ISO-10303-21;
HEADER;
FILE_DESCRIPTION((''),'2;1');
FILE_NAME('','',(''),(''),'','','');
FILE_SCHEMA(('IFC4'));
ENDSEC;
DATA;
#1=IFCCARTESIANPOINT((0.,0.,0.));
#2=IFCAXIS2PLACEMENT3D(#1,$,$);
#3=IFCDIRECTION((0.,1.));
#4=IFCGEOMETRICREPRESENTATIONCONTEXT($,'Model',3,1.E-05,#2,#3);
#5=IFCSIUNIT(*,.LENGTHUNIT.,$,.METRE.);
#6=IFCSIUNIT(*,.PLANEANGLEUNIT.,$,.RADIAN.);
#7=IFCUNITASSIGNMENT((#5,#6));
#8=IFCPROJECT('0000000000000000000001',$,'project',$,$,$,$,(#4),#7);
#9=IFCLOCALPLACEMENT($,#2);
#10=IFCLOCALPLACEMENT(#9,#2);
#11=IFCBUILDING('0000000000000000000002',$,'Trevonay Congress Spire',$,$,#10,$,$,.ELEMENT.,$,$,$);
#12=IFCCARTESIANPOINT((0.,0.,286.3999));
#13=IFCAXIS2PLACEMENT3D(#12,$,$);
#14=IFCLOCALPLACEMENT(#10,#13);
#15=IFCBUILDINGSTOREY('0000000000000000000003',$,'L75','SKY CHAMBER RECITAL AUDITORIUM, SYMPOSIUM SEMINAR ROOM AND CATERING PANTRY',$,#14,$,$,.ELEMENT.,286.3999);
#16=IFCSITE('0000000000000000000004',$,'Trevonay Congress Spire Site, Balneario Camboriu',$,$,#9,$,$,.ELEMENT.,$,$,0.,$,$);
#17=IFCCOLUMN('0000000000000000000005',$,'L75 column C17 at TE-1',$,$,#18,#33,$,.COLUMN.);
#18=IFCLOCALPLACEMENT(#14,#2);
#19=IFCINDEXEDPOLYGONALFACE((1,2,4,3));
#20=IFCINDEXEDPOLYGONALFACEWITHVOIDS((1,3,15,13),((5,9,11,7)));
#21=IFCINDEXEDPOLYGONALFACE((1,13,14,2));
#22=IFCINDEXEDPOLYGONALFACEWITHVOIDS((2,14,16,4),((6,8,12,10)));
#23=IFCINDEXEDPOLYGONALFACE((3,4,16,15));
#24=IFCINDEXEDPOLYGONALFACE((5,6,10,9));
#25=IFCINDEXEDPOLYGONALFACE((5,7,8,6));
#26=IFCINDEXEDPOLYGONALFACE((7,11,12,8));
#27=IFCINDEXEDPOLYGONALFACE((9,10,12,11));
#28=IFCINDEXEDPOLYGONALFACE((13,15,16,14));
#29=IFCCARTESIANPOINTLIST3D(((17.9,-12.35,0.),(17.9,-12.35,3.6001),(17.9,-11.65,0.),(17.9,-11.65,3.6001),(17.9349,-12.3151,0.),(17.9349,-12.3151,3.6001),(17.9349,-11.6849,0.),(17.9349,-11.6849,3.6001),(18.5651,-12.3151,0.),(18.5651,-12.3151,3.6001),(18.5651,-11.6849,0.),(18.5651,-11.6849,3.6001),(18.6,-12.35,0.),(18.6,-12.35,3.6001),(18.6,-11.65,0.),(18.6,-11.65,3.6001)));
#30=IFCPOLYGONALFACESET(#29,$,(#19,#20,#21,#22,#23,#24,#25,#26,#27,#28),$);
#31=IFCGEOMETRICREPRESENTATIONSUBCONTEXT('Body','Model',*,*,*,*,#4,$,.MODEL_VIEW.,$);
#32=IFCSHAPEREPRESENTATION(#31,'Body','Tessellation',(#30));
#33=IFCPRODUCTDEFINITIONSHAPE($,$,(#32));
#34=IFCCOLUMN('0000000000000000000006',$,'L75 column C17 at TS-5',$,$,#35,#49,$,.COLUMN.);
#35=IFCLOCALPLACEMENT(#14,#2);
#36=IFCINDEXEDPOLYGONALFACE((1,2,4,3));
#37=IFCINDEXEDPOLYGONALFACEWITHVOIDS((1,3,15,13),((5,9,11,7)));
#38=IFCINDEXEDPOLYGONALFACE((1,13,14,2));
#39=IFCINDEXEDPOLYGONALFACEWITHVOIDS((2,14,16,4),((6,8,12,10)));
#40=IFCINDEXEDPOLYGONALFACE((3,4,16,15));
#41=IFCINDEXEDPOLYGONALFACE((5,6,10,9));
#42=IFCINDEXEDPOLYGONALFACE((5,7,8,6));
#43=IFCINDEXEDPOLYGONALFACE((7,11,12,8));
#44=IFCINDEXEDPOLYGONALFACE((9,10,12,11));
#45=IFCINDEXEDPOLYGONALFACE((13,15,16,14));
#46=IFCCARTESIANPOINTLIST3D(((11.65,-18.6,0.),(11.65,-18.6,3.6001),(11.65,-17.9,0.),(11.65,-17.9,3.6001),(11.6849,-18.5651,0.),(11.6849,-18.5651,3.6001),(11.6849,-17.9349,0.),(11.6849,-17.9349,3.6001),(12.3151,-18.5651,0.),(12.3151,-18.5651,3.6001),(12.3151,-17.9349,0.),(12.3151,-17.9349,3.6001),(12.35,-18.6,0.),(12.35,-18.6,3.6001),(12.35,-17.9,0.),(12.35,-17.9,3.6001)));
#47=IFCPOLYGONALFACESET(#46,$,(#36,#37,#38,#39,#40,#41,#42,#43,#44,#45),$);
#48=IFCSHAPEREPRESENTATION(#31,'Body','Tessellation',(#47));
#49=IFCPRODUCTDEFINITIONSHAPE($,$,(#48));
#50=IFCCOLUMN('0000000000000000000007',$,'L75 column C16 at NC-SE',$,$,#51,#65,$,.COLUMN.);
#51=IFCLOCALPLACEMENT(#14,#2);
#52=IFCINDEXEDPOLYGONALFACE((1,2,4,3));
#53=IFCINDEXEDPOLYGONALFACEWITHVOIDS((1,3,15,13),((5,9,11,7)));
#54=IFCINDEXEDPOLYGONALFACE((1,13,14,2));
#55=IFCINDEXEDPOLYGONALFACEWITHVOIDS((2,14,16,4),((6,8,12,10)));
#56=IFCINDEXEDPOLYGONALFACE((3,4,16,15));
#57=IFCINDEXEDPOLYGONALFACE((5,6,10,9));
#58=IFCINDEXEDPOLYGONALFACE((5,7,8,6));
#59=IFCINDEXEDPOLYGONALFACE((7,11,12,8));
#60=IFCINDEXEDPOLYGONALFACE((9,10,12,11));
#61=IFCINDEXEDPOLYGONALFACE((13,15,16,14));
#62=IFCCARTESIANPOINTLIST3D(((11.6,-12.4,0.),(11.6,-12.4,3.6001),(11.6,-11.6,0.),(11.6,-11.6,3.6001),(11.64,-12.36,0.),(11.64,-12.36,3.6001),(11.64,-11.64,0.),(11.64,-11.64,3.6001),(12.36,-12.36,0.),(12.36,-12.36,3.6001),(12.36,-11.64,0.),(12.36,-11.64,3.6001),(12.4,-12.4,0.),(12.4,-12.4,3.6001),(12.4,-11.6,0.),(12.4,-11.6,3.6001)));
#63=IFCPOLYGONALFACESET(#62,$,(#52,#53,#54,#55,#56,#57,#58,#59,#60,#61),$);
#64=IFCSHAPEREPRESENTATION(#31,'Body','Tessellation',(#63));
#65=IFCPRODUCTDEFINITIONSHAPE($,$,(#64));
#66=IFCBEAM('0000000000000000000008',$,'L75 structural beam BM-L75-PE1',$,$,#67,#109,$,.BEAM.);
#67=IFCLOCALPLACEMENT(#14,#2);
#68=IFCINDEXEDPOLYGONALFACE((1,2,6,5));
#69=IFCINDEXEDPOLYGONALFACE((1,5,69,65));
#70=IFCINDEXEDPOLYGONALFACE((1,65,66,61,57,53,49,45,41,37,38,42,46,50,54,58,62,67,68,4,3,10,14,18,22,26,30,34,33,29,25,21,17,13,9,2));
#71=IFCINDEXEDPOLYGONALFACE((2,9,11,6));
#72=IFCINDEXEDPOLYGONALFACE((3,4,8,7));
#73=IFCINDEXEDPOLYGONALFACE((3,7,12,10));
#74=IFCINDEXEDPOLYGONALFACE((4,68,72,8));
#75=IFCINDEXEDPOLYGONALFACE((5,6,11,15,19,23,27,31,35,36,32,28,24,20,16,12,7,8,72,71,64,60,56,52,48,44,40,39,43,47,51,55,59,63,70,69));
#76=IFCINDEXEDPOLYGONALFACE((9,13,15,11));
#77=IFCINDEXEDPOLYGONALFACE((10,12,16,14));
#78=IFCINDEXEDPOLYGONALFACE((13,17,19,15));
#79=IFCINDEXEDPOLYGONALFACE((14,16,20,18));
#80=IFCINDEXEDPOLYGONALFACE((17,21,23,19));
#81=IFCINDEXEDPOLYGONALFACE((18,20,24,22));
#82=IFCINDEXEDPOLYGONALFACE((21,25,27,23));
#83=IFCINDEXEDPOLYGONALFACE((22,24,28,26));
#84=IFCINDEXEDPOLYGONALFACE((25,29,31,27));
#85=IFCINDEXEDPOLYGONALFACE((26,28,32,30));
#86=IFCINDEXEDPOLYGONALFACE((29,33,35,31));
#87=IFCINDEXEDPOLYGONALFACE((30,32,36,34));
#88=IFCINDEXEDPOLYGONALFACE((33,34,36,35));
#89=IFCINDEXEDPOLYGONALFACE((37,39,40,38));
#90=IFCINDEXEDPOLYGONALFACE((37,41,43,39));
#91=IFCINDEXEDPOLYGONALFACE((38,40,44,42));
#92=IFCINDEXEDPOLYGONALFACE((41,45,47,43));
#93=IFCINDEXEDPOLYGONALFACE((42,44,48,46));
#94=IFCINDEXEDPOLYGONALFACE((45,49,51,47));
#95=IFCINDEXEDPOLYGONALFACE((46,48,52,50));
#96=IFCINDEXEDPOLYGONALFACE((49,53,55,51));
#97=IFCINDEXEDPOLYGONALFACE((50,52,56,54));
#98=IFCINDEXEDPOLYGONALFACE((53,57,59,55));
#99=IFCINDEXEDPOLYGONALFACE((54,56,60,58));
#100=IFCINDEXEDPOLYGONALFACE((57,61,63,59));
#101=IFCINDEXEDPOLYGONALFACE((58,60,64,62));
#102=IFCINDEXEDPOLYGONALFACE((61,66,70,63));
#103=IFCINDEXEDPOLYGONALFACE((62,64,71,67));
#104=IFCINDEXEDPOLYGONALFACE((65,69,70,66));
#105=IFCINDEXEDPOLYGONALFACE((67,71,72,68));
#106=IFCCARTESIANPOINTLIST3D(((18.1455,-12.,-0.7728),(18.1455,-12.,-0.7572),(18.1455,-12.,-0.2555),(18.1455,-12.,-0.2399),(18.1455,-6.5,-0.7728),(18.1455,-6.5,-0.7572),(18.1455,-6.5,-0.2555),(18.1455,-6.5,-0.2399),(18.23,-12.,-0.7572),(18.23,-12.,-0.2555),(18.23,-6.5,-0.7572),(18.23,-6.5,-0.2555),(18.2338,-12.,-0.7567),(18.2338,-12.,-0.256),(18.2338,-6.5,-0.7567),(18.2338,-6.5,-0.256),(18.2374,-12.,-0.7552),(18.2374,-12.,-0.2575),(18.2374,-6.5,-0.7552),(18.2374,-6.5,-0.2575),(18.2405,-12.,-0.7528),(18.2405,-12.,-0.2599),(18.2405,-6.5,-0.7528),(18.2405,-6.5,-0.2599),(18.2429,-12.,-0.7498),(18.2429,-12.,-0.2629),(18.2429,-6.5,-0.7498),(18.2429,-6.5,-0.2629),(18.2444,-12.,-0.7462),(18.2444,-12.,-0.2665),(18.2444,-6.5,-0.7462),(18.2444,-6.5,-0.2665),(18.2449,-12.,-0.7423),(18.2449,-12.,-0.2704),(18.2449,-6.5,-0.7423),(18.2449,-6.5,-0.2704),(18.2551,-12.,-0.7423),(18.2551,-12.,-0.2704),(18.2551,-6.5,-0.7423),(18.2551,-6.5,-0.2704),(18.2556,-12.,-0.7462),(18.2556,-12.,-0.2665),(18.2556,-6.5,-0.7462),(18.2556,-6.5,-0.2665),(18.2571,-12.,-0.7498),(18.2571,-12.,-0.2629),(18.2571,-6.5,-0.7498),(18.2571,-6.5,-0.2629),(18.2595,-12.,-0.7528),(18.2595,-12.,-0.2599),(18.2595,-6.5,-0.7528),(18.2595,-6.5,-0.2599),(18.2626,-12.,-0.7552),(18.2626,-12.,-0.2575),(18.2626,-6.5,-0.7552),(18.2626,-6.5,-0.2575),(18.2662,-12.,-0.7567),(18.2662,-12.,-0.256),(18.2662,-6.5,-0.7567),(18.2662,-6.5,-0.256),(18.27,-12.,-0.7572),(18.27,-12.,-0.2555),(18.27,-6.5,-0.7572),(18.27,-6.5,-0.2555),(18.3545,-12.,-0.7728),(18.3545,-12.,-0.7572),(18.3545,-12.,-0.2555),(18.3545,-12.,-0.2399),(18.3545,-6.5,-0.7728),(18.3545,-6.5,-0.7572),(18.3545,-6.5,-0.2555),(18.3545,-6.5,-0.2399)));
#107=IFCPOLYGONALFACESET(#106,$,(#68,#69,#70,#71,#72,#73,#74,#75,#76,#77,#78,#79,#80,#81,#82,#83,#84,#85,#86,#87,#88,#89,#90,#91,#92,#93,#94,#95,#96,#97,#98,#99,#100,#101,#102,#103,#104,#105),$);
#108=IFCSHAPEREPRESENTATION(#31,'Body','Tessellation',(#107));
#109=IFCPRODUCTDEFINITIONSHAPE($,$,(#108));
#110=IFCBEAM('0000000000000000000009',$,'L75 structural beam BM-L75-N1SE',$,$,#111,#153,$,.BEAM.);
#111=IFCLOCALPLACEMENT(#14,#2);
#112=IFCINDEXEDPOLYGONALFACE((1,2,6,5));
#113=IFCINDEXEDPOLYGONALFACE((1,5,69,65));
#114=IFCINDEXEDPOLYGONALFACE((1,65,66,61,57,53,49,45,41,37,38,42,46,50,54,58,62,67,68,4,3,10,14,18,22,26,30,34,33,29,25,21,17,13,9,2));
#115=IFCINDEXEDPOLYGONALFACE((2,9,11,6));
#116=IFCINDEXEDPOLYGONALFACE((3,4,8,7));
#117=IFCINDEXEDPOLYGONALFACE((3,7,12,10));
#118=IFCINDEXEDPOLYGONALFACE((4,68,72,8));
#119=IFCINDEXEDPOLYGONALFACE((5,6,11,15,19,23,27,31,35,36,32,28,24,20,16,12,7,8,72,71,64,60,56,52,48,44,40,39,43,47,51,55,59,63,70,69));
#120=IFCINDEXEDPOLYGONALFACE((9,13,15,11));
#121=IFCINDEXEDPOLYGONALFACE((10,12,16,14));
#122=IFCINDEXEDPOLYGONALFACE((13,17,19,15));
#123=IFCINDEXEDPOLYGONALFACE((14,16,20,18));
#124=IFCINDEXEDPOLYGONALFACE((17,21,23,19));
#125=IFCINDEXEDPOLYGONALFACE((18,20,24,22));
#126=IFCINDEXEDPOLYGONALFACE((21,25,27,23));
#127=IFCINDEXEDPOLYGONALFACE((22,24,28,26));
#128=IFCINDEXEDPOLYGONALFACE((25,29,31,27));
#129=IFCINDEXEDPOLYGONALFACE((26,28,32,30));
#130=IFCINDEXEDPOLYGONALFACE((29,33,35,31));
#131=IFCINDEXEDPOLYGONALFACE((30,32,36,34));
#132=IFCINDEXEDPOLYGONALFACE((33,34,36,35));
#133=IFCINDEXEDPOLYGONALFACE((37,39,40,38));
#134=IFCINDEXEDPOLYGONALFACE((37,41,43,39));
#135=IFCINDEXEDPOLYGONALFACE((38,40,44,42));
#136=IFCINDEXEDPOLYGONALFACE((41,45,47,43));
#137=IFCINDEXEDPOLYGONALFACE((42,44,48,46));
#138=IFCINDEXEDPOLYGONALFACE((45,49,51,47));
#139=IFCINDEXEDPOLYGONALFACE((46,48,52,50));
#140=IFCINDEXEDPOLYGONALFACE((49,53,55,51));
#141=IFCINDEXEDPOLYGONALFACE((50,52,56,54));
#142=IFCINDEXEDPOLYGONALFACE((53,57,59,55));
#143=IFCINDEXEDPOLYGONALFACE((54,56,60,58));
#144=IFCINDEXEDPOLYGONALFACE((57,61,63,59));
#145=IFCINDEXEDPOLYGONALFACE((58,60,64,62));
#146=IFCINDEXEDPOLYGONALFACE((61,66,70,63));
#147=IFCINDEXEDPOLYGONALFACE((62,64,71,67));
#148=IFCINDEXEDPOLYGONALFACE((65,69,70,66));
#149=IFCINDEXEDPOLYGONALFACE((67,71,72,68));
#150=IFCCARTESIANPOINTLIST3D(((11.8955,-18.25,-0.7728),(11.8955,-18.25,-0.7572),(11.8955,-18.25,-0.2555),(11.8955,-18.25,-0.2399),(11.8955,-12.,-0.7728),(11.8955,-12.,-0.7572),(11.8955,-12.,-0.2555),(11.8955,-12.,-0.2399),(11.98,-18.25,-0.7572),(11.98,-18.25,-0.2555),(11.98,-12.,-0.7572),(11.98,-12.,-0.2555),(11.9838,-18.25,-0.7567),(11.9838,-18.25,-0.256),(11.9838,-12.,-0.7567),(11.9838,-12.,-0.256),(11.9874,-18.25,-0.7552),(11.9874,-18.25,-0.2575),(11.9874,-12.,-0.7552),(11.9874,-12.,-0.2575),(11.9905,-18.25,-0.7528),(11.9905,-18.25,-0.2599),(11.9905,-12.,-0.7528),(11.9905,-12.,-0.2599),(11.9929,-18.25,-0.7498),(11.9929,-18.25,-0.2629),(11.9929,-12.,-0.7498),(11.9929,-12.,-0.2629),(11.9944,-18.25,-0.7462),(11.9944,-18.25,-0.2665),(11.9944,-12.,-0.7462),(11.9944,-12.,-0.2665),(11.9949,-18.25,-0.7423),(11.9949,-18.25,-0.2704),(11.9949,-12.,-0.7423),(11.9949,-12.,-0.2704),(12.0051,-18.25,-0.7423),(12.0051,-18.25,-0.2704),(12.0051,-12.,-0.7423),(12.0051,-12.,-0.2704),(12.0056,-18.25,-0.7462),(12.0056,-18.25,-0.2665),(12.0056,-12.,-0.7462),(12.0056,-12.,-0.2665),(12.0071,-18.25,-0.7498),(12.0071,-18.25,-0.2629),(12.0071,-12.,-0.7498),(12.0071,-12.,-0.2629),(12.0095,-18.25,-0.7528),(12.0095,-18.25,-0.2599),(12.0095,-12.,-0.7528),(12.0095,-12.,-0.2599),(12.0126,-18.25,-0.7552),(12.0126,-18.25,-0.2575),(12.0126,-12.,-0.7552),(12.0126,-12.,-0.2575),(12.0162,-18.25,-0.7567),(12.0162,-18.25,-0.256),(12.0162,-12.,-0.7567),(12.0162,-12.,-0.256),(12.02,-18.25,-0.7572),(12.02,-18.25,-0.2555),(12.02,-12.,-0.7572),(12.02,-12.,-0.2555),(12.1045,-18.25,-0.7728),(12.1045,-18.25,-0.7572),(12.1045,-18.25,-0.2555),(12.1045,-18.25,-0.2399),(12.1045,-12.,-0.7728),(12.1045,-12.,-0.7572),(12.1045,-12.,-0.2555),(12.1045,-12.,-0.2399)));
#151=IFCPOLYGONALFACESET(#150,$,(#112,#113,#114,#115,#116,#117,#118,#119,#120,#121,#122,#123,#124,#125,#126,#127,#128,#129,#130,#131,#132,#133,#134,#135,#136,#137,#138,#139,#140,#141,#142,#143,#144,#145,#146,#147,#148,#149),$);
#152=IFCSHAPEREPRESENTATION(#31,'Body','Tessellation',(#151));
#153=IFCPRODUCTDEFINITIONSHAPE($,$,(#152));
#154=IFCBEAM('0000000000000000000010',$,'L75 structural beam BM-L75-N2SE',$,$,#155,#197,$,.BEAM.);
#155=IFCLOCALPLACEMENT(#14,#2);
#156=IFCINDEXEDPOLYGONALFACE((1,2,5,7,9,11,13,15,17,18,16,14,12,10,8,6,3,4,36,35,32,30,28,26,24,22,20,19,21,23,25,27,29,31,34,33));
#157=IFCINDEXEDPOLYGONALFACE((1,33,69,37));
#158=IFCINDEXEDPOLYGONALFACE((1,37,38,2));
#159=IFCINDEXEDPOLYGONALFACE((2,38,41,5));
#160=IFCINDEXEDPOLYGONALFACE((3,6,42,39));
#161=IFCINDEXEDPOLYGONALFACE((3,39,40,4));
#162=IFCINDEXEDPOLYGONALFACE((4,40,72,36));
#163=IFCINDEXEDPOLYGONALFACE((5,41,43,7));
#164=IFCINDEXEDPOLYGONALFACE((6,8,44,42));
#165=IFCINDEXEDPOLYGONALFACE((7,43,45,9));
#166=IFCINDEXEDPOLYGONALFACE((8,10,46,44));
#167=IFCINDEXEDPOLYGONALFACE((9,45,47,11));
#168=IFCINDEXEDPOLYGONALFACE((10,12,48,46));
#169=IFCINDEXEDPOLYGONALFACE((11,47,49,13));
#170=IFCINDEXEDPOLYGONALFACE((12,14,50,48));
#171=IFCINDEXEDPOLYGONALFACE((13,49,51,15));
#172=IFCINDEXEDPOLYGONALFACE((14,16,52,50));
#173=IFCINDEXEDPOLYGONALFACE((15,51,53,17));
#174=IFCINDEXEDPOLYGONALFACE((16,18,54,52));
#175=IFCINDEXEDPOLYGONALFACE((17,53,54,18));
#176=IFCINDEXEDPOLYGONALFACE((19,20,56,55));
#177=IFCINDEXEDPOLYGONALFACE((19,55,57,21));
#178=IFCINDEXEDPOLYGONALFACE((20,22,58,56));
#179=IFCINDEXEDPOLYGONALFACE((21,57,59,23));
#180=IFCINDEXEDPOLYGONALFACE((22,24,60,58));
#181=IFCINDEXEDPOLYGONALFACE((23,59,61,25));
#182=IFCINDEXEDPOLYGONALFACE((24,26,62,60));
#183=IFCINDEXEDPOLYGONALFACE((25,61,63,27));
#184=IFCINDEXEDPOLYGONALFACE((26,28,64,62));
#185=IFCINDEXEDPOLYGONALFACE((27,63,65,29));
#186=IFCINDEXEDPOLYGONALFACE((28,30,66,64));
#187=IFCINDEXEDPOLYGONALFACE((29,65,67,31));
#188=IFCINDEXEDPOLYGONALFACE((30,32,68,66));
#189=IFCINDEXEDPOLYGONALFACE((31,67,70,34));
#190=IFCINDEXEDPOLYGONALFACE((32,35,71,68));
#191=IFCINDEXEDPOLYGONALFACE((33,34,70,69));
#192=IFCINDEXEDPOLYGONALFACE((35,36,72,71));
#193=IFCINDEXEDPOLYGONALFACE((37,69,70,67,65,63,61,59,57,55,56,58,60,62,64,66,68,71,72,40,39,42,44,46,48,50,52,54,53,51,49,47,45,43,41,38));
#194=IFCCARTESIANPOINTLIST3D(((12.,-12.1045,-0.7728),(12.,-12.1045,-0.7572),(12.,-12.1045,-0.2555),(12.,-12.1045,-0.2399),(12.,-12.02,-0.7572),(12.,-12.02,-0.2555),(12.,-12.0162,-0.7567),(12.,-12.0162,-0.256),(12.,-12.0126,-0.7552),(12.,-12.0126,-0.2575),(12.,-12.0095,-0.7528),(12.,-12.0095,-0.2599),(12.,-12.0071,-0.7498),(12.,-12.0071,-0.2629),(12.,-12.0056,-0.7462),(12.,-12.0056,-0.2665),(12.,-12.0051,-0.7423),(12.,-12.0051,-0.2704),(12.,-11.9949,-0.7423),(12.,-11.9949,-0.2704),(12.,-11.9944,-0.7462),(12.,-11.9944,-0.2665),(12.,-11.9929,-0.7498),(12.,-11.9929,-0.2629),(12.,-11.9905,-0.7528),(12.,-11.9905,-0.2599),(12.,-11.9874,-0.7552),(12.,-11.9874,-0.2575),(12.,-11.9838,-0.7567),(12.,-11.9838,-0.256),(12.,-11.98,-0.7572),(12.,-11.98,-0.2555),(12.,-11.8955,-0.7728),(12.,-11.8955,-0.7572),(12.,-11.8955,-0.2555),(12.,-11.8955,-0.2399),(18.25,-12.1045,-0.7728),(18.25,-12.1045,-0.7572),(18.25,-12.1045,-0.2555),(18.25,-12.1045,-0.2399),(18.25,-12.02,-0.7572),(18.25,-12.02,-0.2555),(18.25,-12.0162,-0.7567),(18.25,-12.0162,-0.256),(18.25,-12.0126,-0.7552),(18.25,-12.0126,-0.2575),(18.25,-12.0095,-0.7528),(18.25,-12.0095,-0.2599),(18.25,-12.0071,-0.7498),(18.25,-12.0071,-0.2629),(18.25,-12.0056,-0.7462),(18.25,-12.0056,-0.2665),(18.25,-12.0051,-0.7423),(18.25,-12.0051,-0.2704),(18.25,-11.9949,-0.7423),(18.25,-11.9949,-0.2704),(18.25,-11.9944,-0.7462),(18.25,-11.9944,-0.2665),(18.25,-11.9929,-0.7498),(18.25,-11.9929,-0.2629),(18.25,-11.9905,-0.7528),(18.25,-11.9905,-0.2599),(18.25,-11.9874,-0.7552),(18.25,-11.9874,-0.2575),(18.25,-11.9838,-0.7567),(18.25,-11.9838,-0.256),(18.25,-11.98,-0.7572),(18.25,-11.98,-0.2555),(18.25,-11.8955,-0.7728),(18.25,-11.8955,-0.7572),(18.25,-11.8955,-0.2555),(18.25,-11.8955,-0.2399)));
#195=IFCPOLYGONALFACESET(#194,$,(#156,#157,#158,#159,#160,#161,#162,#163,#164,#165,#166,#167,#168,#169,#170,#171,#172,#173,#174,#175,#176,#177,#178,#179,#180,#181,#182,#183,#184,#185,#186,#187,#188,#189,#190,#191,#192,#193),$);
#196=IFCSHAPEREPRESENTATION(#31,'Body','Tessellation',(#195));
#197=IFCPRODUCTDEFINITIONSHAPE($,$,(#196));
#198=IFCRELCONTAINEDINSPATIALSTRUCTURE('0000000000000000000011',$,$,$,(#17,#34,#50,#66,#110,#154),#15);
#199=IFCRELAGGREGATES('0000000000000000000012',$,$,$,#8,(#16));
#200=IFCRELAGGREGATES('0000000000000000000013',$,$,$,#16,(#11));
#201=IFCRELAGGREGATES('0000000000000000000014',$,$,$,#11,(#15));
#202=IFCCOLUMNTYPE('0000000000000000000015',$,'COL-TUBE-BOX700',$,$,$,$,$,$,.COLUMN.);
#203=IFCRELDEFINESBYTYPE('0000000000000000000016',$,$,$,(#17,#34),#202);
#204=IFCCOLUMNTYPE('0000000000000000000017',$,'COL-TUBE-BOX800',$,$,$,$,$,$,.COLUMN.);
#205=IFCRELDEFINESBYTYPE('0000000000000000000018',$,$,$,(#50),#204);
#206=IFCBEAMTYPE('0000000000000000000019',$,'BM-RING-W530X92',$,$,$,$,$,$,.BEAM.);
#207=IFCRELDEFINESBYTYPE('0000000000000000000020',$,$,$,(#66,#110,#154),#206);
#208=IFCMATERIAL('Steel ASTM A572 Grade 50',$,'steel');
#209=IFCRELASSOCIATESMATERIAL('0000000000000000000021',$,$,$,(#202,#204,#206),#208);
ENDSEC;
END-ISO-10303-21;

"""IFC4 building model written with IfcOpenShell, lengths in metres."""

from ifc_helpers import new_model, si_unit, direction, frame, origin, origin_2d, place, context, subcontext, project, spatial, hollow_rectangle, i_section, extrude, material, material_profile, profile_set, type_object, element, save


model = new_model("IFC4")

# Units and contexts
model_context = context("Model", 3, precision=1e-05, world=origin(), true_north=direction((0.0, 1.0)))
body_context = subcontext(model_context, "Body", "Model", "MODEL_VIEW")
ifc_project = project(units=[si_unit("LENGTHUNIT", "METRE"), si_unit("PLANEANGLEUNIT", "RADIAN")], contexts=[model_context])

# Site, building, storey
site_placement = place(None, origin())
site = spatial("IfcSite", under=ifc_project, at=site_placement, Name="Trevonay Congress Spire Site, Balneario Camboriu", CompositionType="ELEMENT", RefElevation=0.0)
building_placement = place(site_placement, origin())
building = spatial("IfcBuilding", under=site, at=building_placement, Name="Trevonay Congress Spire", CompositionType="ELEMENT")
storey_placement = place(building_placement, frame((0.0, 0.0, 286.3999)))
storey = spatial("IfcBuildingStorey", under=building, at=storey_placement, Name="L75", Description="SKY CHAMBER RECITAL AUDITORIUM, SYMPOSIUM SEMINAR ROOM AND CATERING PANTRY", CompositionType="ELEMENT", Elevation=286.3999)

# Columns
ifc_material_1 = material(Name="Steel ASTM A572 Grade 50", Category="steel")
ifc_material_profile_1 = material_profile(ifc_material_1, hollow_rectangle(XDim=0.7, YDim=0.7, WallThickness=0.0349, at=origin_2d()), Name="BOX 700x700x35")
ifc_profile_set_1 = profile_set([ifc_material_profile_1], Name="Steel ASTM A572 Grade 50")
column_type_1 = type_object("IfcColumnType", Name="COL-TUBE-BOX700", PredefinedType="COLUMN", material=ifc_profile_set_1)
for number, where, z_axis, x_axis, name in (
    (1, (18.25, -12.0, 0.0), (0.0, 0.0, 1.0), (1.0, 0.0, 0.0), "L75 column C17 at TE-1"),
    (2, (12.0, -18.25, 0.0), (0.0, 0.0, 1.0), (1.0, 0.0, 0.0), "L75 column C17 at TS-5"),
):
    element("IfcColumn", number, at=place(storey_placement, frame(where, z_axis=z_axis, x_axis=x_axis)), inside=storey, type_object=column_type_1, Name=name, PredefinedType="COLUMN", context=body_context, shape_type="SweptSolid", body=[
        extrude(hollow_rectangle(XDim=0.7, YDim=0.7, WallThickness=0.0349, at=origin_2d()), origin(), (0.0, 0.0, 1.0), 3.6001),
    ])
ifc_material_profile_2 = material_profile(ifc_material_1, hollow_rectangle(XDim=0.8, YDim=0.8, WallThickness=0.04, at=origin_2d()), Name="BOX 800x800x40")
ifc_profile_set_2 = profile_set([ifc_material_profile_2], Name="Steel ASTM A572 Grade 50")
column_type_2 = type_object("IfcColumnType", Name="COL-TUBE-BOX800", PredefinedType="COLUMN", material=ifc_profile_set_2)
column_placement = place(storey_placement, frame((12.0, -12.0, 0.0), z_axis=(0.0, 0.0, 1.0), x_axis=(1.0, 0.0, 0.0)))
element("IfcColumn", 3, at=column_placement, inside=storey, type_object=column_type_2, Name="L75 column C16 at NC-SE", PredefinedType="COLUMN", context=body_context, shape_type="SweptSolid", body=[
    extrude(hollow_rectangle(XDim=0.8, YDim=0.8, WallThickness=0.04, at=origin_2d()), origin(), (0.0, 0.0, 1.0), 3.6001),
])

# Beams
ifc_material_profile_3 = material_profile(ifc_material_1, i_section(OverallWidth=0.209, OverallDepth=0.533, WebThickness=0.0103, FlangeThickness=0.0156, FilletRadius=0.0149, at=origin_2d()), Name="W530x92")
ifc_profile_set_3 = profile_set([ifc_material_profile_3], Name="Steel ASTM A572 Grade 50")
beam_type_1 = type_object("IfcBeamType", Name="BM-RING-W530X92", PredefinedType="BEAM", material=ifc_profile_set_3)
beam_1_placement = place(storey_placement, frame((18.25, -12.0, -0.5063), z_axis=(0.0, 1.0, 0.0), x_axis=(-1.0, 0.0, 0.0)))
element("IfcBeam", 4, at=beam_1_placement, inside=storey, type_object=beam_type_1, Name="L75 structural beam BM-L75-PE1", PredefinedType="BEAM", context=body_context, shape_type="SweptSolid", body=[
    extrude(i_section(OverallWidth=0.209, OverallDepth=0.533, WebThickness=0.0103, FlangeThickness=0.0156, FilletRadius=0.0149, at=origin_2d()), origin(), (0.0, 0.0, 1.0), 5.5),
])
for number, where, z_axis, x_axis, name in (
    (5, (12.0, -18.25, -0.5063), (0.0, 1.0, 0.0), (-1.0, 0.0, 0.0), "L75 structural beam BM-L75-N1SE"),
    (6, (18.25, -12.0, -0.5063), (-1.0, 0.0, 0.0), (0.0, -1.0, 0.0), "L75 structural beam BM-L75-N2SE"),
):
    element("IfcBeam", number, at=place(storey_placement, frame(where, z_axis=z_axis, x_axis=x_axis)), inside=storey, type_object=beam_type_1, Name=name, PredefinedType="BEAM", context=body_context, shape_type="SweptSolid", body=[
        extrude(i_section(OverallWidth=0.209, OverallDepth=0.533, WebThickness=0.0103, FlangeThickness=0.0156, FilletRadius=0.0149, at=origin_2d()), origin(), (0.0, 0.0, 1.0), 6.25),
    ])

save(model, "model.ifc")
